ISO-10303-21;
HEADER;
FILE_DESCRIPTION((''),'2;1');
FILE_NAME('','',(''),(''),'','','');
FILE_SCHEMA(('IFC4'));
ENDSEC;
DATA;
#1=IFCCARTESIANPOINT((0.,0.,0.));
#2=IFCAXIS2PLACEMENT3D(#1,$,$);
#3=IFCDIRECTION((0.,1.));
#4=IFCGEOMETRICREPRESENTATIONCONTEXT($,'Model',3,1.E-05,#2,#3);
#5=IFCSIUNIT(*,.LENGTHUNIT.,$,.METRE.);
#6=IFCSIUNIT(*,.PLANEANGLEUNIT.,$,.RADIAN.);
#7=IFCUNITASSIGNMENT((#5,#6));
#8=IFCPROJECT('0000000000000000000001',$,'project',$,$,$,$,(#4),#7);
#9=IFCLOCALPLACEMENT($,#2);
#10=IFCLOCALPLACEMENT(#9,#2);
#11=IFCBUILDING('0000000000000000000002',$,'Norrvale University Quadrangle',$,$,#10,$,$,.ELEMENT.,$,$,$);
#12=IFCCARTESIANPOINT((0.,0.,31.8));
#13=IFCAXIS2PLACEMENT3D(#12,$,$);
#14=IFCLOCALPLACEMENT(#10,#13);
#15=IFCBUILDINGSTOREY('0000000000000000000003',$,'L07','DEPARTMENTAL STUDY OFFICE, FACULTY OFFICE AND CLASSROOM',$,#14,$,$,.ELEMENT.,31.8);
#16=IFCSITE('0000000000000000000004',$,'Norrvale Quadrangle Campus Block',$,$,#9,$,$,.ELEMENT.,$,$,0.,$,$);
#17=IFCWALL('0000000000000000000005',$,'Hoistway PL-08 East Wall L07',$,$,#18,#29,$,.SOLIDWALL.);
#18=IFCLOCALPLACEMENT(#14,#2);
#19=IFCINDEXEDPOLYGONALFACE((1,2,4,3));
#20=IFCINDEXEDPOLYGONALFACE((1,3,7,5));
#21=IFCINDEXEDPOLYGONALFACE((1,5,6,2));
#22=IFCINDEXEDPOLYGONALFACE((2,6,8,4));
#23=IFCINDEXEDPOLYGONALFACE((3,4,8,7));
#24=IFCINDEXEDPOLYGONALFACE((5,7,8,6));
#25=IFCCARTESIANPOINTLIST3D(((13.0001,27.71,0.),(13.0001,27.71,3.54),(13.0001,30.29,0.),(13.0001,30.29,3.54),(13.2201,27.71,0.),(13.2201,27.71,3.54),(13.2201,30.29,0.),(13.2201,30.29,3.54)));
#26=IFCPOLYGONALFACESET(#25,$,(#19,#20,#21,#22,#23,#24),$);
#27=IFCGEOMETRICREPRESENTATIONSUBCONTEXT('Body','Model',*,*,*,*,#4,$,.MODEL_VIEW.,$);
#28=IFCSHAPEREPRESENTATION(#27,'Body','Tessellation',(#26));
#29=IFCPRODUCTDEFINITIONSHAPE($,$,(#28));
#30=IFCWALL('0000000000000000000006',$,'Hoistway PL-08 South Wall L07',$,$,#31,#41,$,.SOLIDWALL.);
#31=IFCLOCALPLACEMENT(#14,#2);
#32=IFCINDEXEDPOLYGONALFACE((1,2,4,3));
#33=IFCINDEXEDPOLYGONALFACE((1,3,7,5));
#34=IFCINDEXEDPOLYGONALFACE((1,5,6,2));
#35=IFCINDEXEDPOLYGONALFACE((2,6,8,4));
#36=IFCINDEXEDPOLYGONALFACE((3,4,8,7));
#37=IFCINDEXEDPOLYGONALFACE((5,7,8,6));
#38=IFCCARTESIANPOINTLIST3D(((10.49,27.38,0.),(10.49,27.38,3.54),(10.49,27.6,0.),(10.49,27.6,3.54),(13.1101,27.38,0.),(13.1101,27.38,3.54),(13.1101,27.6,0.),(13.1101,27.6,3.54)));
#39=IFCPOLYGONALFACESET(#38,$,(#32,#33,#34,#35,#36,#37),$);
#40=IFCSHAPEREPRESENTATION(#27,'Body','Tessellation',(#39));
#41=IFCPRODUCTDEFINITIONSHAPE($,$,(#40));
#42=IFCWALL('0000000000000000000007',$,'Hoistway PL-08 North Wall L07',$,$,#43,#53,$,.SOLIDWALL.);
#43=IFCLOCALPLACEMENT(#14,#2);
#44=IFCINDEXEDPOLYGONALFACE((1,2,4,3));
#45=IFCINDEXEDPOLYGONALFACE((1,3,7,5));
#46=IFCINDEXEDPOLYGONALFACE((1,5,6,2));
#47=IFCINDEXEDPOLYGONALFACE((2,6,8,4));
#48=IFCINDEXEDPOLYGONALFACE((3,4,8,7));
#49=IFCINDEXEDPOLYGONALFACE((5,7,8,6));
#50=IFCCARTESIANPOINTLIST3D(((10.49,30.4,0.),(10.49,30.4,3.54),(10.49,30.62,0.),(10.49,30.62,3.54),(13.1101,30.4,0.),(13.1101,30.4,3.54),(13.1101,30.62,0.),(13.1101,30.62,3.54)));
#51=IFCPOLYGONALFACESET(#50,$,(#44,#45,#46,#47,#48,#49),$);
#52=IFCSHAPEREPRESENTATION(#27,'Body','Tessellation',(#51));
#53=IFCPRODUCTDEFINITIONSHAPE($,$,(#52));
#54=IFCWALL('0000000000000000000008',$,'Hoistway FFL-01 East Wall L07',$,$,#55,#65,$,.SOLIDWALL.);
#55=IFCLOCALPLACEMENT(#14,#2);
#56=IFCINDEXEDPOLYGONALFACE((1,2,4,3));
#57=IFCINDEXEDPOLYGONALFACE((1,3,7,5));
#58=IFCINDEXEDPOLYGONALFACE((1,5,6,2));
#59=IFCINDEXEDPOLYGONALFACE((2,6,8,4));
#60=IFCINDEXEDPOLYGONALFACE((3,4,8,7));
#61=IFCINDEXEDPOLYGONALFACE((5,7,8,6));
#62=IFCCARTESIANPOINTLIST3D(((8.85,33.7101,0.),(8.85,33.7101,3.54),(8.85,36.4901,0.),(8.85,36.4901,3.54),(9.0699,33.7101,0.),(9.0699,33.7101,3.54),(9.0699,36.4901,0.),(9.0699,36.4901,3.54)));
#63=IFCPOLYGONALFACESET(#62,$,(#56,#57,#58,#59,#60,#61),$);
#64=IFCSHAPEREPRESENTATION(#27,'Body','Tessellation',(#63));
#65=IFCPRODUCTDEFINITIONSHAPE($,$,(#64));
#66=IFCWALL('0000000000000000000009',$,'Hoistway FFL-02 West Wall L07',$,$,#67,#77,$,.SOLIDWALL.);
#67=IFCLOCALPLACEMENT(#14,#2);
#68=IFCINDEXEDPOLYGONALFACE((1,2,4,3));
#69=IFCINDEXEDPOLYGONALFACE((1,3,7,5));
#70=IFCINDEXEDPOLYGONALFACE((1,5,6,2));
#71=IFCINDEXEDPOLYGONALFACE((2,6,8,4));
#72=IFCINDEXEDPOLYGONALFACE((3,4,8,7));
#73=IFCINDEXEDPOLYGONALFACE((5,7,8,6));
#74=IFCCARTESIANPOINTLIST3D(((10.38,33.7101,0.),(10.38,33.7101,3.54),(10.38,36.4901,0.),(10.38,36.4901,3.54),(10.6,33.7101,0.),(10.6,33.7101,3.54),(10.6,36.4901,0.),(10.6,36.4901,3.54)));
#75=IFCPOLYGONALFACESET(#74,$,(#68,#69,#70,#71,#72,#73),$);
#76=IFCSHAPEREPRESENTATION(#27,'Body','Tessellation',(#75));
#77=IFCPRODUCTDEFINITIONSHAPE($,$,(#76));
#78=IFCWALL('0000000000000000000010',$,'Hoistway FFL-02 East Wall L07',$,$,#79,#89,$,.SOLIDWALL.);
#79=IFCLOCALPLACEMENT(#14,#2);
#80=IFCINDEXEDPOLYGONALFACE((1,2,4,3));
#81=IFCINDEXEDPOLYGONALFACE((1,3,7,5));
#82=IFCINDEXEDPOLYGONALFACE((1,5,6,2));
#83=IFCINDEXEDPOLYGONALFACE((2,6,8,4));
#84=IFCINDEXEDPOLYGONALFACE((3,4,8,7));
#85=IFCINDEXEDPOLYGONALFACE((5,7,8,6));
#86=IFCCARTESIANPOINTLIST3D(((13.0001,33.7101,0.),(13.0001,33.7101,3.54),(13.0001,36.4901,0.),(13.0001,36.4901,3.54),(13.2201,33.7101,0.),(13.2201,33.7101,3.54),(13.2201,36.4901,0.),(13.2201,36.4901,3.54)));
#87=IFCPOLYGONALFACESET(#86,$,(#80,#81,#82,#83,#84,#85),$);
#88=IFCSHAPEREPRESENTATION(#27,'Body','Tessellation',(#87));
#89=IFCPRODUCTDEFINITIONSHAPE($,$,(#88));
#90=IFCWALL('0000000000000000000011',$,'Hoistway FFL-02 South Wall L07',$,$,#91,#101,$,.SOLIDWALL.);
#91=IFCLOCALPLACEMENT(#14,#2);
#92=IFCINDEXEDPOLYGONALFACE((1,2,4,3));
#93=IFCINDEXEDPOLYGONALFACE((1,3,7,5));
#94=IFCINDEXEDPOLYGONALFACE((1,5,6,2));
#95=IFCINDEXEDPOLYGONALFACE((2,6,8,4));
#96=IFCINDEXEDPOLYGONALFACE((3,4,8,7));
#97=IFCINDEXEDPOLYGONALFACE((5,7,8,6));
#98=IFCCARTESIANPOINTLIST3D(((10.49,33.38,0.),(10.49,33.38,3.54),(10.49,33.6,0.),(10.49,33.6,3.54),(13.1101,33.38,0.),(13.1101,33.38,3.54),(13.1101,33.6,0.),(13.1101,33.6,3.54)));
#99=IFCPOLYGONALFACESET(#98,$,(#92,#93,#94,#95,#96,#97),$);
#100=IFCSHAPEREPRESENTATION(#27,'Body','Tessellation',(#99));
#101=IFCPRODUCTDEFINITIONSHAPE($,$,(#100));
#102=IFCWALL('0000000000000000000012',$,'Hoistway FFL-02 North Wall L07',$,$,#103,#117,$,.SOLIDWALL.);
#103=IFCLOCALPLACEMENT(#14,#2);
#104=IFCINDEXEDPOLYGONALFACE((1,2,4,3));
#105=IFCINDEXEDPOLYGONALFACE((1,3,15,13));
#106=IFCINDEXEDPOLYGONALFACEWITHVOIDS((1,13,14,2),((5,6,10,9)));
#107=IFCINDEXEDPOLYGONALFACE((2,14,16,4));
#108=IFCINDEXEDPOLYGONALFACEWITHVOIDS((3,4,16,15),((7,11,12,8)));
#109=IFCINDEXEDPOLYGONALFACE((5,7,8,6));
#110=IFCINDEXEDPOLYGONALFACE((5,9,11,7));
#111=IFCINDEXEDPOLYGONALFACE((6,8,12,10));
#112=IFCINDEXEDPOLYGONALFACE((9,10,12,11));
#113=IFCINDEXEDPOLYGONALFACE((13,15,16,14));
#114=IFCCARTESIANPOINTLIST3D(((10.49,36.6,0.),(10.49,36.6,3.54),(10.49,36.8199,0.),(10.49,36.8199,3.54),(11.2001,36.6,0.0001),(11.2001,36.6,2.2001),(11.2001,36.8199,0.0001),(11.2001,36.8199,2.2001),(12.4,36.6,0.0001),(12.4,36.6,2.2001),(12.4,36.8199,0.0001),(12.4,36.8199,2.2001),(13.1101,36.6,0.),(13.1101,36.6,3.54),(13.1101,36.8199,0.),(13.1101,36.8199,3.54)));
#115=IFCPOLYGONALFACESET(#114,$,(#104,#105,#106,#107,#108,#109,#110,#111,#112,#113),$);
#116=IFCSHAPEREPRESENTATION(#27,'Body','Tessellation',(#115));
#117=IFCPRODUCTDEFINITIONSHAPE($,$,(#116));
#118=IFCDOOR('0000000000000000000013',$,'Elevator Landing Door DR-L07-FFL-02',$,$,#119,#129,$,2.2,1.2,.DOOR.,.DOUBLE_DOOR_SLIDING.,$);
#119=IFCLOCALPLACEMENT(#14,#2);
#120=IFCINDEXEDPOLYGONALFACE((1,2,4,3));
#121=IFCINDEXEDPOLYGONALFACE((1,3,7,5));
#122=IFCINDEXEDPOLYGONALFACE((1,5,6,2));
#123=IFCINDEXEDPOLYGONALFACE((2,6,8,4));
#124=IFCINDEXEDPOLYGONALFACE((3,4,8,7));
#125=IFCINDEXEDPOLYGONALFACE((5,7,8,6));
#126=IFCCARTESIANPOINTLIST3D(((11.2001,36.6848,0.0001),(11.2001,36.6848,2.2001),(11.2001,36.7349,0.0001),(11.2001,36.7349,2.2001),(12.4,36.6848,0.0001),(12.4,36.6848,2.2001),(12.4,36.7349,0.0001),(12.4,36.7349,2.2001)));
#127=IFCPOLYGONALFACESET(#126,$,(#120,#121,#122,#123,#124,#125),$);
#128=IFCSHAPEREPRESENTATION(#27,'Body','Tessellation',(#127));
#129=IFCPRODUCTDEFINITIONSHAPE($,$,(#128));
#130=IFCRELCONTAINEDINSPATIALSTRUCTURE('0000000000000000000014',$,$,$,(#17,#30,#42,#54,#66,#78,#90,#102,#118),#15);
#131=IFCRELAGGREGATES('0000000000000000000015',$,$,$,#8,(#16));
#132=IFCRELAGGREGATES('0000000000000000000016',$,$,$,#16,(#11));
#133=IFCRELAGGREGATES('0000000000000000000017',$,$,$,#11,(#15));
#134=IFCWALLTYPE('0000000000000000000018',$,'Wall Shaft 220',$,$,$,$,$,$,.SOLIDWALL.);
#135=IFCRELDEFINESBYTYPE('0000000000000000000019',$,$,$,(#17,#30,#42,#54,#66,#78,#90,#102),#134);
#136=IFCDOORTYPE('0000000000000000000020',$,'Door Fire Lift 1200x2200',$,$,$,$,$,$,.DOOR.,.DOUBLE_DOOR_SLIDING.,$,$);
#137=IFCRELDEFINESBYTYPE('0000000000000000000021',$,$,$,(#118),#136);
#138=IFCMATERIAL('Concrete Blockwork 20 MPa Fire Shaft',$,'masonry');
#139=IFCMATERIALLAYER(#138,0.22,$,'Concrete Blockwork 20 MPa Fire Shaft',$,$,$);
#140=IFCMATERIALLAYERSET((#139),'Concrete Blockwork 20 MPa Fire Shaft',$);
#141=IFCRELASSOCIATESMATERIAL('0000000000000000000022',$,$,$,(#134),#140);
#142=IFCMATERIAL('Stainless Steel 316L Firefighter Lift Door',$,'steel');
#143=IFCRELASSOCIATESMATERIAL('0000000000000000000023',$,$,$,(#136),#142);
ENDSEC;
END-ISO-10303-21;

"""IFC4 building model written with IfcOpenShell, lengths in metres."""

from ifc_helpers import new_model, si_unit, direction, frame, frame_2d, origin, place, context, subcontext, project, spatial, rectangle, extrude, material, layer, layer_set, type_object, element, fill, save


model = new_model("IFC4")

# Units and contexts
model_context = context("Model", 3, precision=1e-05, world=origin(), true_north=direction((0.0, 1.0)))
body_context = subcontext(model_context, "Body", "Model", "MODEL_VIEW")
ifc_project = project(units=[si_unit("LENGTHUNIT", "METRE"), si_unit("PLANEANGLEUNIT", "RADIAN")], contexts=[model_context])

# Site, building, storey
site_placement = place(None, origin())
site = spatial("IfcSite", under=ifc_project, at=site_placement, Name="Norrvale Quadrangle Campus Block", CompositionType="ELEMENT", RefElevation=0.0)
building_placement = place(site_placement, origin())
building = spatial("IfcBuilding", under=site, at=building_placement, Name="Norrvale University Quadrangle", CompositionType="ELEMENT")
storey_placement = place(building_placement, frame((0.0, 0.0, 31.8)))
storey = spatial("IfcBuildingStorey", under=building, at=storey_placement, Name="L07", Description="DEPARTMENTAL STUDY OFFICE, FACULTY OFFICE AND CLASSROOM", CompositionType="ELEMENT", Elevation=31.8)

# Walls
ifc_material_1 = material(Name="Concrete Blockwork 20 MPa Fire Shaft", Category="masonry")
ifc_layer_1 = layer(ifc_material_1, 0.22, Name="Concrete Blockwork 20 MPa Fire Shaft")
ifc_layer_set_1 = layer_set([ifc_layer_1], Name="Concrete Blockwork 20 MPa Fire Shaft")
wall_type_1 = type_object("IfcWallType", Name="Wall Shaft 220", PredefinedType="SOLIDWALL", material=ifc_layer_set_1)
for number, where, z_axis, x_axis, name in (
    (1, (13.1101, 27.71, 0.0), (0.0, 0.0, 1.0), (0.0, 1.0, 0.0), "Hoistway PL-08 East Wall L07"),
):
    element("IfcWall", number, at=place(storey_placement, frame(where, z_axis=z_axis, x_axis=x_axis)), inside=storey, type_object=wall_type_1, Name=name, PredefinedType="SOLIDWALL", context=body_context, shape_type="SweptSolid", body=[
        extrude(rectangle(XDim=2.5801, YDim=0.22, at=frame_2d((1.29, 0.0))), origin(), (0.0, 0.0, 1.0), 3.54),
    ])
for number, where, z_axis, x_axis, name in (
    (2, (10.49, 27.49, 0.0), (0.0, 0.0, 1.0), (1.0, 0.0, 0.0), "Hoistway PL-08 South Wall L07"),
    (3, (10.49, 30.51, 0.0), (0.0, 0.0, 1.0), (1.0, 0.0, 0.0), "Hoistway PL-08 North Wall L07"),
):
    element("IfcWall", number, at=place(storey_placement, frame(where, z_axis=z_axis, x_axis=x_axis)), inside=storey, type_object=wall_type_1, Name=name, PredefinedType="SOLIDWALL", context=body_context, shape_type="SweptSolid", body=[
        extrude(rectangle(XDim=2.6201, YDim=0.22, at=frame_2d((1.3101, 0.0))), origin(), (0.0, 0.0, 1.0), 3.54),
    ])
for number, where, z_axis, x_axis, name in (
    (4, (8.96, 33.71, 0.0), (0.0, 0.0, 1.0), (0.0, 1.0, 0.0), "Hoistway FFL-01 East Wall L07"),
    (5, (10.49, 33.71, 0.0), (0.0, 0.0, 1.0), (0.0, 1.0, 0.0), "Hoistway FFL-02 West Wall L07"),
    (6, (13.1101, 33.71, 0.0), (0.0, 0.0, 1.0), (0.0, 1.0, 0.0), "Hoistway FFL-02 East Wall L07"),
):
    element("IfcWall", number, at=place(storey_placement, frame(where, z_axis=z_axis, x_axis=x_axis)), inside=storey, type_object=wall_type_1, Name=name, PredefinedType="SOLIDWALL", context=body_context, shape_type="SweptSolid", body=[
        extrude(rectangle(XDim=2.78, YDim=0.22, at=frame_2d((1.3901, 0.0))), origin(), (0.0, 0.0, 1.0), 3.54),
    ])
wall_1_placement = place(storey_placement, frame((10.49, 33.49, 0.0), z_axis=(0.0, 0.0, 1.0), x_axis=(1.0, 0.0, 0.0)))
element("IfcWall", 7, at=wall_1_placement, inside=storey, type_object=wall_type_1, Name="Hoistway FFL-02 South Wall L07", PredefinedType="SOLIDWALL", context=body_context, shape_type="SweptSolid", body=[
    extrude(rectangle(XDim=2.6201, YDim=0.22, at=frame_2d((1.3101, 0.0))), origin(), (0.0, 0.0, 1.0), 3.54),
])

# Wall, opening, door
wall_2_placement = place(storey_placement, frame((10.49, 36.71, 0.0), z_axis=(0.0, 0.0, 1.0), x_axis=(1.0, 0.0, 0.0)))
wall_2 = element("IfcWall", 8, at=wall_2_placement, inside=storey, type_object=wall_type_1, Name="Hoistway FFL-02 North Wall L07", PredefinedType="SOLIDWALL", context=body_context, shape_type="SweptSolid", body=[
    extrude(rectangle(XDim=2.6201, YDim=0.22, at=frame_2d((1.3101, 0.0))), origin(), (0.0, 0.0, 1.0), 3.54),
])
opening_1_placement = place(wall_2_placement, frame((0.71, 0.0, 0.0)))
opening_1 = element("IfcOpeningElement", 9, at=opening_1_placement, cuts=wall_2, PredefinedType="OPENING", context=body_context, shape_type="SweptSolid", body=[
    extrude(rectangle(XDim=1.2, YDim=2.2, at=frame_2d((0.6001, 1.1001))), frame((0.0, 0.1221, 0.0), z_axis=(0.0, -1.0, 0.0), x_axis=(1.0, 0.0, 0.0)), (0.0, 0.0, 1.0), 0.2439),
])
ifc_material_2 = material(Name="Stainless Steel 316L Firefighter Lift Door", Category="steel")
door_type_1 = type_object("IfcDoorType", Name="Door Fire Lift 1200x2200", OperationType="DOUBLE_DOOR_SLIDING", PredefinedType="DOOR", material=ifc_material_2)
door_1_placement = place(opening_1_placement, origin())
door_1 = element("IfcDoor", 10, at=door_1_placement, inside=storey, type_object=door_type_1, Name="Elevator Landing Door DR-L07-FFL-02", OperationType="DOUBLE_DOOR_SLIDING", OverallHeight=2.2, OverallWidth=1.2, PredefinedType="DOOR", context=body_context, shape_type="SweptSolid", body=[
    extrude(rectangle(XDim=1.2, YDim=2.2, at=frame_2d((0.6001, 1.1001))), frame((0.0, 0.0249, 0.0), z_axis=(0.0, -1.0, 0.0), x_axis=(1.0, 0.0, 0.0)), (0.0, 0.0, 1.0), 0.05),
])
fill(opening_1, door_1)

save(model, "model.ifc")
